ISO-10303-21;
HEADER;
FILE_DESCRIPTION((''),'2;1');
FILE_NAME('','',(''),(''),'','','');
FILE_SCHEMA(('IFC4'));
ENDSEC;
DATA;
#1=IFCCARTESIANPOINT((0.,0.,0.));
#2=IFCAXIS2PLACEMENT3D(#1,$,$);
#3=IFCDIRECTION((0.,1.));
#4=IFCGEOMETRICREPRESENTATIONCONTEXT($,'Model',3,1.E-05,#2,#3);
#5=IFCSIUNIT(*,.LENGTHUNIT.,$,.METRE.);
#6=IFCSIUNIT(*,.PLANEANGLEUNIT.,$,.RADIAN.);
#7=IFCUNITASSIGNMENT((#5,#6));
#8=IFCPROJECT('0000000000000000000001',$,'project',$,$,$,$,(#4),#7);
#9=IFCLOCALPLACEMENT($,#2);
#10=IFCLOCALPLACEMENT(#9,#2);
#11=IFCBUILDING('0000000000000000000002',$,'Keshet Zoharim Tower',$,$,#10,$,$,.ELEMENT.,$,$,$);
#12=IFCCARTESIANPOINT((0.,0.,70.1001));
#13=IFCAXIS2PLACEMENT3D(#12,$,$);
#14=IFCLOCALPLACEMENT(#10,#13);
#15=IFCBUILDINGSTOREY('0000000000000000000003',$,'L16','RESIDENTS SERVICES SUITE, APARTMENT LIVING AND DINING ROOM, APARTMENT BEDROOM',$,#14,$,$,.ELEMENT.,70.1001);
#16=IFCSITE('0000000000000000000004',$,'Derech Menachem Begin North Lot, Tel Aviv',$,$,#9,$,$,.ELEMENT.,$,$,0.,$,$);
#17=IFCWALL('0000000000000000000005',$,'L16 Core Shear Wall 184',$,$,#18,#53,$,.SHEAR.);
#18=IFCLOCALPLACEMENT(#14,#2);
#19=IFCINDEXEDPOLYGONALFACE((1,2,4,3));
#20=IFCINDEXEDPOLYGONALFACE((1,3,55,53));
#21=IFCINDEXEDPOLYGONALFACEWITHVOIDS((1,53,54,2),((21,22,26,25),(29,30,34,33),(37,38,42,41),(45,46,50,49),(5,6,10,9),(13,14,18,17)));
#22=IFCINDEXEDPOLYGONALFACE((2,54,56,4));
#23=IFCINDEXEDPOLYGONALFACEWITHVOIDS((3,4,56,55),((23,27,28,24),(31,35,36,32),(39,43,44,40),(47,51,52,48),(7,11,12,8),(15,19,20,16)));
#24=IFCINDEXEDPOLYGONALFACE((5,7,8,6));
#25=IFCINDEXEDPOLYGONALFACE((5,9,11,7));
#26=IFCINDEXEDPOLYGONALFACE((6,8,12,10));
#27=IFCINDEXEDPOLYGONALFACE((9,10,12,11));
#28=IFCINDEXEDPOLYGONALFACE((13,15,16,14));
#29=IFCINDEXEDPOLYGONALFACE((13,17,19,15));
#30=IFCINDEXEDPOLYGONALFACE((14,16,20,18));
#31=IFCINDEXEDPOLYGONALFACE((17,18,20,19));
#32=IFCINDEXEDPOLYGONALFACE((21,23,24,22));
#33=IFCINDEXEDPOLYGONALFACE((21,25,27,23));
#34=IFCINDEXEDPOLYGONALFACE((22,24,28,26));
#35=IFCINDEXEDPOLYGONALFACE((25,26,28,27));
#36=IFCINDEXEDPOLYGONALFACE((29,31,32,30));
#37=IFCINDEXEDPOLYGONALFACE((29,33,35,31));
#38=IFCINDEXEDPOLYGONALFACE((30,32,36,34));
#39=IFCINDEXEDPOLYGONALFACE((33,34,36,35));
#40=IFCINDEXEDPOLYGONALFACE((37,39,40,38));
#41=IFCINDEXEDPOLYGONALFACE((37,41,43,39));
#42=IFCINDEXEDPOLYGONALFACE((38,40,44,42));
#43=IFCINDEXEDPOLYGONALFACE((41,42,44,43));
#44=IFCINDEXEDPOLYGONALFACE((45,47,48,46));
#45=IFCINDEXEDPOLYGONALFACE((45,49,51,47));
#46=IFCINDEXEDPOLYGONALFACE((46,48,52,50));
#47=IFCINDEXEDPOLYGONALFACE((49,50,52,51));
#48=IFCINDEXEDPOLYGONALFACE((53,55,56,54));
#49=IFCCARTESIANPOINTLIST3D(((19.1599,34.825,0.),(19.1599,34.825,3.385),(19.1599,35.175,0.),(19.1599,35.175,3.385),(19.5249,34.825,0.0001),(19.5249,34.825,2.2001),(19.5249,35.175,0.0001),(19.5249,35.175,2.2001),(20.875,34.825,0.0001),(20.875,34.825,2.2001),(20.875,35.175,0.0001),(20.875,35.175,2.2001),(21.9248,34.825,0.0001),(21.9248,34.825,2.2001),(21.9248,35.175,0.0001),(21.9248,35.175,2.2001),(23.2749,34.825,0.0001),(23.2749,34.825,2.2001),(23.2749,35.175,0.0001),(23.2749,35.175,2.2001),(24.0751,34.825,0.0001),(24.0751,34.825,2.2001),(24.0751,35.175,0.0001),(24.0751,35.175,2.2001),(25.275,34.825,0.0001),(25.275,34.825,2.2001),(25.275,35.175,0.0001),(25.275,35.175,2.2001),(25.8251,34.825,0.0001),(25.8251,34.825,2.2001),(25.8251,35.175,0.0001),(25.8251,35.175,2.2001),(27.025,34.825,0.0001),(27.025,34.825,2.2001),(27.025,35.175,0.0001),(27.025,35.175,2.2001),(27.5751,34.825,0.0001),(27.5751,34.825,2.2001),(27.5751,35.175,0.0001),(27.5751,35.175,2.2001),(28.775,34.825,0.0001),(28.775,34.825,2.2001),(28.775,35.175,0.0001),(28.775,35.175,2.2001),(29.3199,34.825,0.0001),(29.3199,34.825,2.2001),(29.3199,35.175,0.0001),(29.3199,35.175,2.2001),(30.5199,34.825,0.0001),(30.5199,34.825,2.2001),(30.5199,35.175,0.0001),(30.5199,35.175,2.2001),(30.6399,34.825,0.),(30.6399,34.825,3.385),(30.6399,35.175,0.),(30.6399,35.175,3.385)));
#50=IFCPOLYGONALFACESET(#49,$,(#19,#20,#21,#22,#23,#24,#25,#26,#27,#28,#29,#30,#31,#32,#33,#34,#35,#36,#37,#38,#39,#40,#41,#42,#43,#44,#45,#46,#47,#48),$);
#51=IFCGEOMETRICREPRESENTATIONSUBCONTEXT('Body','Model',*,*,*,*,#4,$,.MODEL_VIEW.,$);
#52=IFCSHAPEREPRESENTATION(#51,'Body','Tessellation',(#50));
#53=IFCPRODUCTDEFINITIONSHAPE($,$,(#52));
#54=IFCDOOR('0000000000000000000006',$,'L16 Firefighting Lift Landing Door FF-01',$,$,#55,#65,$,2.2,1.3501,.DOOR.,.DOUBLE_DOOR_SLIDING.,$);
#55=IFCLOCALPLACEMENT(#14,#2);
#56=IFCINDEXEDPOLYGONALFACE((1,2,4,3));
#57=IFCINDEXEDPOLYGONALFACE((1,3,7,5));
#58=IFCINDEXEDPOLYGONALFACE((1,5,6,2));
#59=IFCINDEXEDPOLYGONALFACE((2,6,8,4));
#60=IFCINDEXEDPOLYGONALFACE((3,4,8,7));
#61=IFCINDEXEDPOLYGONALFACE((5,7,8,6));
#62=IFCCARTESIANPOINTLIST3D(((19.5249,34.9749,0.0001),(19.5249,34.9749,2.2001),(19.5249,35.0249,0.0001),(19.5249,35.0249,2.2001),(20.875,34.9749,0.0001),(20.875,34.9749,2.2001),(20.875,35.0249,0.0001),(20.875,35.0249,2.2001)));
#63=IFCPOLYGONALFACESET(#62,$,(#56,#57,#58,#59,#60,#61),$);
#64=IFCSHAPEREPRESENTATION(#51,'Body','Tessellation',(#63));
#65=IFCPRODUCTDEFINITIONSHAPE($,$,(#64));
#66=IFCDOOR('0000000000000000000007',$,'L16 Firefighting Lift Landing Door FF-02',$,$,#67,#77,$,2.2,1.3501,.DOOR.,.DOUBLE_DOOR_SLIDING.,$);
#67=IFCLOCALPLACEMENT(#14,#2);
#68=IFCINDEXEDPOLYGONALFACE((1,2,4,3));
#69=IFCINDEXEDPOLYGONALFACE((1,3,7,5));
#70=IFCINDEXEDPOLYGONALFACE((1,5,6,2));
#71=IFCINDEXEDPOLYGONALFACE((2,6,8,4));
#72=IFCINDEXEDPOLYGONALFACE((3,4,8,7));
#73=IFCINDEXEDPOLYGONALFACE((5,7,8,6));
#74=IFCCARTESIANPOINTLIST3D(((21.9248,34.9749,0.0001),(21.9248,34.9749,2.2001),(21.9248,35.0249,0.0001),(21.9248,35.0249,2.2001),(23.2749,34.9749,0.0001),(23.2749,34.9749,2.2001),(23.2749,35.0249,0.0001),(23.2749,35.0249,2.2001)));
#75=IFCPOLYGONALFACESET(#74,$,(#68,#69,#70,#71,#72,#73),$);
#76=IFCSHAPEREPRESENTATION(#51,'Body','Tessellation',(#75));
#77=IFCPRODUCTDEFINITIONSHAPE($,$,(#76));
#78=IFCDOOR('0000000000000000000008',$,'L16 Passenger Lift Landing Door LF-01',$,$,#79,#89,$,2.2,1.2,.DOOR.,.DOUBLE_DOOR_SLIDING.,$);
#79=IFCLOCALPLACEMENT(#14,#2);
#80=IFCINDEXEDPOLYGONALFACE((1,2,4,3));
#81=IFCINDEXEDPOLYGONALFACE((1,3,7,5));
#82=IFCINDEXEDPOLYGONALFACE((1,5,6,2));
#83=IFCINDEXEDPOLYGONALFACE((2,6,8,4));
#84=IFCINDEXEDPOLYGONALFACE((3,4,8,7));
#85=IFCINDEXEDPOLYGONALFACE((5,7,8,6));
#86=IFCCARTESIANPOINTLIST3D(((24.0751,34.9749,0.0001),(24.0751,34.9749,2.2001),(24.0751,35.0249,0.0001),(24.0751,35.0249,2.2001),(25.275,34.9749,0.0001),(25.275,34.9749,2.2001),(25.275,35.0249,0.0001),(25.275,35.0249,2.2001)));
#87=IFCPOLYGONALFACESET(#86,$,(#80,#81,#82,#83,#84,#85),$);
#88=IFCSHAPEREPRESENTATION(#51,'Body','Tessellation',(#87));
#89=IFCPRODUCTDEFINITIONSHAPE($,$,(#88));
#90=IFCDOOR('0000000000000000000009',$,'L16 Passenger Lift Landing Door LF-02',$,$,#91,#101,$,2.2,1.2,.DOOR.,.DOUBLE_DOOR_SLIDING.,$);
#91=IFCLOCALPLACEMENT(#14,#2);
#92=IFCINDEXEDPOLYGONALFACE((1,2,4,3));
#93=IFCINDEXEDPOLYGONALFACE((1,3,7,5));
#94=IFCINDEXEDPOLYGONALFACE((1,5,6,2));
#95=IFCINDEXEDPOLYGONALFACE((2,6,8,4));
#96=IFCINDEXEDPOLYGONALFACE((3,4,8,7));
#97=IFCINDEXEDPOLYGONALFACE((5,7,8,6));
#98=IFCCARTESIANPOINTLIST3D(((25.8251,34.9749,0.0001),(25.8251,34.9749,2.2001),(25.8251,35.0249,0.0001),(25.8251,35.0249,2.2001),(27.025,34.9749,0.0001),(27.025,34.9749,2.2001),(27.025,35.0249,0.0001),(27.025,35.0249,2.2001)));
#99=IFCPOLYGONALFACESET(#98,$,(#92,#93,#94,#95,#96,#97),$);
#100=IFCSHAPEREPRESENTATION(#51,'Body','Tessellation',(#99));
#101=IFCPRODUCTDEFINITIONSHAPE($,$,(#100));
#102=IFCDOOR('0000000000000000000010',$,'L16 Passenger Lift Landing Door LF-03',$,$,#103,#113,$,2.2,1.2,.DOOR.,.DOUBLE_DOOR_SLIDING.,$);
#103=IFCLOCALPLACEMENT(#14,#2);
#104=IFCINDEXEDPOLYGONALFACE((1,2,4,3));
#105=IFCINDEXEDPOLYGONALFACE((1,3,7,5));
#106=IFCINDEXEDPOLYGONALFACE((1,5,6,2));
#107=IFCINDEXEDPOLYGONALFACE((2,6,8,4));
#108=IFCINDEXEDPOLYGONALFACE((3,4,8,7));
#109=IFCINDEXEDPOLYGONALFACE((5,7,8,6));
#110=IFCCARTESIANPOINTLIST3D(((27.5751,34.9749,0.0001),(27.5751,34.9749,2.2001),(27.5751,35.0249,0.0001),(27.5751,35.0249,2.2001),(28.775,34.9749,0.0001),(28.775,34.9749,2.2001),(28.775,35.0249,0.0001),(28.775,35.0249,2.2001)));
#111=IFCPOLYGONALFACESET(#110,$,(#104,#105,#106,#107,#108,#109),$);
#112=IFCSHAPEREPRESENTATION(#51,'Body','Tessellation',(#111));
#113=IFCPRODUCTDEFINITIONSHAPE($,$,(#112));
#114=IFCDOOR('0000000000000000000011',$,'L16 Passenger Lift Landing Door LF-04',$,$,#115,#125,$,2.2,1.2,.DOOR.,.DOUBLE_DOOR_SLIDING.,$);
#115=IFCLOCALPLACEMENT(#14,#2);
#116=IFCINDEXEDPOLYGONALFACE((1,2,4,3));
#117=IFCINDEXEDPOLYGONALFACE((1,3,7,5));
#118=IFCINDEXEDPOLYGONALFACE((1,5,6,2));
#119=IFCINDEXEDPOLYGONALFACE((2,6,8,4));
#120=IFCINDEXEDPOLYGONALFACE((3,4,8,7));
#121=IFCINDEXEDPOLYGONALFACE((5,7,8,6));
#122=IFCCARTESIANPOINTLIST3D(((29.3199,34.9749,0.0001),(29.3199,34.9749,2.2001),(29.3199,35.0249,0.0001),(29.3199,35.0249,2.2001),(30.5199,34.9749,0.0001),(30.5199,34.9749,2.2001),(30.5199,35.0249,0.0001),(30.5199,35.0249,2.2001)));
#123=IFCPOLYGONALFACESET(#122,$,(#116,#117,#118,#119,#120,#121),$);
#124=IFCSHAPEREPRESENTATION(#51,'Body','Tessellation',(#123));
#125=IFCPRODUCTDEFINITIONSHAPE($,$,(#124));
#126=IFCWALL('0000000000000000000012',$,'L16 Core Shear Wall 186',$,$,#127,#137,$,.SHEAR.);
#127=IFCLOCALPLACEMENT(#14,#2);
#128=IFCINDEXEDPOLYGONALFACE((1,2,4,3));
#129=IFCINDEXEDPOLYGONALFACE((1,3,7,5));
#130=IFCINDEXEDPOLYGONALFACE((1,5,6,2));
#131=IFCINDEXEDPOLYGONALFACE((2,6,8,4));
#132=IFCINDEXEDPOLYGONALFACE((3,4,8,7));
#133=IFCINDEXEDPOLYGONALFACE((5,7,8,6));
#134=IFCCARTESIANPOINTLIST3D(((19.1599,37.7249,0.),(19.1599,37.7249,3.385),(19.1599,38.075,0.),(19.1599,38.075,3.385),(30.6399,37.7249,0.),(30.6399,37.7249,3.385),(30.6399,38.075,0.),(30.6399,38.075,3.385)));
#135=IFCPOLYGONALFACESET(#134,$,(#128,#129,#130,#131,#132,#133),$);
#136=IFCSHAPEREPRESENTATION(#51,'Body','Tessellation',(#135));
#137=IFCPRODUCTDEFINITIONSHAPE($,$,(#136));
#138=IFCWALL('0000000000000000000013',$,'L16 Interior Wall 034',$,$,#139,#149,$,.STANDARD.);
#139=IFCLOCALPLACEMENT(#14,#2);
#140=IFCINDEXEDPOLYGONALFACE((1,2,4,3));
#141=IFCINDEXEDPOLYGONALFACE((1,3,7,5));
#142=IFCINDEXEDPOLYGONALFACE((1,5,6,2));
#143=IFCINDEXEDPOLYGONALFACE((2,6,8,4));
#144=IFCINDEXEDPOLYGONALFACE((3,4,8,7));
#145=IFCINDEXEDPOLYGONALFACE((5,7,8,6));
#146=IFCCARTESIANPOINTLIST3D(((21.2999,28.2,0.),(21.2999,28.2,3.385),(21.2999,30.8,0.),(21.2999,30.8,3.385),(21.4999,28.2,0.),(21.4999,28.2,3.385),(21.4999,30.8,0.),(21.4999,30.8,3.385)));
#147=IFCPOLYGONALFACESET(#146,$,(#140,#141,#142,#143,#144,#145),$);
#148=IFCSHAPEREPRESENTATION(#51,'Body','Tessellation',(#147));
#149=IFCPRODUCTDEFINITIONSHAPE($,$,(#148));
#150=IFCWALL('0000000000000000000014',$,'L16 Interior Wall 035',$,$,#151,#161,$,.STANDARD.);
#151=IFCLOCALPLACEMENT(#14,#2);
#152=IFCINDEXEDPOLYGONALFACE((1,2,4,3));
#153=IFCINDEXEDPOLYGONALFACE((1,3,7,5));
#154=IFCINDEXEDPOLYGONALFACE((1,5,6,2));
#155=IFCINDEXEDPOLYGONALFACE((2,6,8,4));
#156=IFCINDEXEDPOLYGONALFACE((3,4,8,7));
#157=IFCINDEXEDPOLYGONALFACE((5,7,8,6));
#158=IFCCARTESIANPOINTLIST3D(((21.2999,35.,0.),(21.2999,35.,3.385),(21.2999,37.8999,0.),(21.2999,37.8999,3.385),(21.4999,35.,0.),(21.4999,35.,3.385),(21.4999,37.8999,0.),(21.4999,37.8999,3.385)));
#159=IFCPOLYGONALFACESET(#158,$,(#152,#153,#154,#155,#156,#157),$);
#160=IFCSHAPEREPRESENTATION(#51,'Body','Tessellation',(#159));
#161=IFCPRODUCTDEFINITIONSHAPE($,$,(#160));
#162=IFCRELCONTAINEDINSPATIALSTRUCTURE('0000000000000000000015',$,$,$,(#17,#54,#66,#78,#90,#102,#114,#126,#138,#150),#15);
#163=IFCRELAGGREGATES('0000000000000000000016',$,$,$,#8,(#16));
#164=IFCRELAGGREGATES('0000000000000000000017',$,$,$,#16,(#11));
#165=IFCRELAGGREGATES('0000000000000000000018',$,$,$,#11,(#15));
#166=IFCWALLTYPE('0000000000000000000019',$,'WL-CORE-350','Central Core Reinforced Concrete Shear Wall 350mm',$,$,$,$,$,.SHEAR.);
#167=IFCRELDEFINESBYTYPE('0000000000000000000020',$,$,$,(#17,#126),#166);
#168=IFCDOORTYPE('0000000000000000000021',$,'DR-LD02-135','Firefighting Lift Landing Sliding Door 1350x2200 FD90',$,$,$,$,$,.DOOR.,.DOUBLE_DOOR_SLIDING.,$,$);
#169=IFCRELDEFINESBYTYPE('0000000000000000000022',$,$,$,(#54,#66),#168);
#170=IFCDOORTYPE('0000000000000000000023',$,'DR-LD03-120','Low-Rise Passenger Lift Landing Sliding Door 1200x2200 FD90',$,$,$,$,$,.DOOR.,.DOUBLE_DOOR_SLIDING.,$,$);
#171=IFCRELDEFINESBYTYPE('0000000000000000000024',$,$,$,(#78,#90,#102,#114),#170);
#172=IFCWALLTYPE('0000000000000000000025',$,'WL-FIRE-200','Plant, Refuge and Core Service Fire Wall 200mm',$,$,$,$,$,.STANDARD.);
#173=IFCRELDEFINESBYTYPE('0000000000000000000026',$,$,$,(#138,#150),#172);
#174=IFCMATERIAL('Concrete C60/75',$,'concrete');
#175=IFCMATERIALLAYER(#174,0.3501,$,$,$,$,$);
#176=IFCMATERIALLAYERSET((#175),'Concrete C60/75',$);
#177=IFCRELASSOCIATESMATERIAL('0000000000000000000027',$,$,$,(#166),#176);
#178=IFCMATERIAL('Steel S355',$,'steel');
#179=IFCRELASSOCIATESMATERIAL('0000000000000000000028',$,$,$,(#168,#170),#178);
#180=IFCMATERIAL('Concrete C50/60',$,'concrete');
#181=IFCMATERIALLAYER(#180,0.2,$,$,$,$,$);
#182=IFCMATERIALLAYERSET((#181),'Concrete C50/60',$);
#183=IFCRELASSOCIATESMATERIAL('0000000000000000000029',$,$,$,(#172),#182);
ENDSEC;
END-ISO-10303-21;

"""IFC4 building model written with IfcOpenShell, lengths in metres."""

from ifc_helpers import new_model, si_unit, direction, frame, frame_2d, origin, place, context, subcontext, project, spatial, rectangle, extrude, material, layer, layer_set, type_object, element, fill, save


model = new_model("IFC4")

# Units and contexts
model_context = context("Model", 3, precision=1e-05, world=origin(), true_north=direction((0.0, 1.0)))
body_context = subcontext(model_context, "Body", "Model", "MODEL_VIEW")
ifc_project = project(units=[si_unit("LENGTHUNIT", "METRE"), si_unit("PLANEANGLEUNIT", "RADIAN")], contexts=[model_context])

# Site, building, storey
site_placement = place(None, origin())
site = spatial("IfcSite", under=ifc_project, at=site_placement, Name="Derech Menachem Begin North Lot, Tel Aviv", CompositionType="ELEMENT", RefElevation=0.0)
building_placement = place(site_placement, origin())
building = spatial("IfcBuilding", under=site, at=building_placement, Name="Keshet Zoharim Tower", CompositionType="ELEMENT")
storey_placement = place(building_placement, frame((0.0, 0.0, 70.1001)))
storey = spatial("IfcBuildingStorey", under=building, at=storey_placement, Name="L16", Description="RESIDENTS SERVICES SUITE, APARTMENT LIVING AND DINING ROOM, APARTMENT BEDROOM", CompositionType="ELEMENT", Elevation=70.1001)

# Shared definitions
ifc_material_1 = material(Name="Steel S355", Category="steel")

# Shared definitions
ifc_material_2 = material(Name="Concrete C60/75", Category="concrete")
ifc_layer_1 = layer(ifc_material_2, 0.3501)
ifc_layer_set_1 = layer_set([ifc_layer_1], Name="Concrete C60/75")
wall_type_1 = type_object("IfcWallType", Name="WL-CORE-350", Description="Central Core Reinforced Concrete Shear Wall 350mm", PredefinedType="SHEAR", material=ifc_layer_set_1)

# Wall, openings, doors
wall_1_placement = place(storey_placement, frame((19.1599, 35.0, 0.0), z_axis=(0.0, 0.0, 1.0), x_axis=(1.0, 0.0, 0.0)))
wall_1 = element("IfcWall", 1, at=wall_1_placement, inside=storey, type_object=wall_type_1, Name="L16 Core Shear Wall 184", PredefinedType="SHEAR", context=body_context, shape_type="SweptSolid", body=[
    extrude(rectangle(XDim=11.48, YDim=0.3501, at=frame_2d((5.74, 0.0))), origin(), (0.0, 0.0, 1.0), 3.385),
])
opening_1_placement = place(wall_1_placement, frame((0.365, 0.0, 0.0)))
opening_1 = element("IfcOpeningElement", 2, at=opening_1_placement, cuts=wall_1, PredefinedType="OPENING", context=body_context, shape_type="SweptSolid", body=[
    extrude(rectangle(XDim=1.3501, YDim=2.2, at=frame_2d((0.675, 1.1001))), frame((0.0, 0.1851, 0.0), z_axis=(0.0, -1.0, 0.0), x_axis=(1.0, 0.0, 0.0)), (0.0, 0.0, 1.0), 0.3701),
])
opening_2_placement = place(wall_1_placement, frame((2.7649, 0.0, 0.0)))
opening_2 = element("IfcOpeningElement", 3, at=opening_2_placement, cuts=wall_1, PredefinedType="OPENING", context=body_context, shape_type="SweptSolid", body=[
    extrude(rectangle(XDim=1.3501, YDim=2.2, at=frame_2d((0.675, 1.1001))), frame((0.0, 0.1851, 0.0), z_axis=(0.0, -1.0, 0.0), x_axis=(1.0, 0.0, 0.0)), (0.0, 0.0, 1.0), 0.3701),
])
opening_3_placement = place(wall_1_placement, frame((4.915, 0.0, 0.0)))
opening_3 = element("IfcOpeningElement", 4, at=opening_3_placement, cuts=wall_1, PredefinedType="OPENING", context=body_context, shape_type="SweptSolid", body=[
    extrude(rectangle(XDim=1.2, YDim=2.2, at=frame_2d((0.6001, 1.1001))), frame((0.0, 0.1851, 0.0), z_axis=(0.0, -1.0, 0.0), x_axis=(1.0, 0.0, 0.0)), (0.0, 0.0, 1.0), 0.3701),
])
opening_4_placement = place(wall_1_placement, frame((6.665, 0.0, 0.0)))
opening_4 = element("IfcOpeningElement", 5, at=opening_4_placement, cuts=wall_1, PredefinedType="OPENING", context=body_context, shape_type="SweptSolid", body=[
    extrude(rectangle(XDim=1.2, YDim=2.2, at=frame_2d((0.6001, 1.1001))), frame((0.0, 0.1851, 0.0), z_axis=(0.0, -1.0, 0.0), x_axis=(1.0, 0.0, 0.0)), (0.0, 0.0, 1.0), 0.3701),
])
opening_5_placement = place(wall_1_placement, frame((8.415, 0.0, 0.0)))
opening_5 = element("IfcOpeningElement", 6, at=opening_5_placement, cuts=wall_1, PredefinedType="OPENING", context=body_context, shape_type="SweptSolid", body=[
    extrude(rectangle(XDim=1.2, YDim=2.2, at=frame_2d((0.6001, 1.1001))), frame((0.0, 0.1851, 0.0), z_axis=(0.0, -1.0, 0.0), x_axis=(1.0, 0.0, 0.0)), (0.0, 0.0, 1.0), 0.3701),
])
opening_6_placement = place(wall_1_placement, frame((10.1599, 0.0, 0.0)))
opening_6 = element("IfcOpeningElement", 7, at=opening_6_placement, cuts=wall_1, PredefinedType="OPENING", context=body_context, shape_type="SweptSolid", body=[
    extrude(rectangle(XDim=1.2, YDim=2.2, at=frame_2d((0.6001, 1.1001))), frame((0.0, 0.1851, 0.0), z_axis=(0.0, -1.0, 0.0), x_axis=(1.0, 0.0, 0.0)), (0.0, 0.0, 1.0), 0.3701),
])
door_type_1 = type_object("IfcDoorType", Name="DR-LD02-135", Description="Firefighting Lift Landing Sliding Door 1350x2200 FD90", OperationType="DOUBLE_DOOR_SLIDING", PredefinedType="DOOR", material=ifc_material_1)
door_1_placement = place(opening_1_placement, origin())
door_1 = element("IfcDoor", 8, at=door_1_placement, inside=storey, type_object=door_type_1, Name="L16 Firefighting Lift Landing Door FF-01", OperationType="DOUBLE_DOOR_SLIDING", OverallHeight=2.2, OverallWidth=1.3501, PredefinedType="DOOR", context=body_context, shape_type="SweptSolid", body=[
    extrude(rectangle(XDim=1.3501, YDim=2.2, at=frame_2d((0.675, 1.1001))), frame((0.0, 0.0249, 0.0), z_axis=(0.0, -1.0, 0.0), x_axis=(1.0, 0.0, 0.0)), (0.0, 0.0, 1.0), 0.05),
])
fill(opening_1, door_1)
door_2_placement = place(opening_2_placement, origin())
door_2 = element("IfcDoor", 9, at=door_2_placement, inside=storey, type_object=door_type_1, Name="L16 Firefighting Lift Landing Door FF-02", OperationType="DOUBLE_DOOR_SLIDING", OverallHeight=2.2, OverallWidth=1.3501, PredefinedType="DOOR", context=body_context, shape_type="SweptSolid", body=[
    extrude(rectangle(XDim=1.3501, YDim=2.2, at=frame_2d((0.675, 1.1001))), frame((0.0, 0.0249, 0.0), z_axis=(0.0, -1.0, 0.0), x_axis=(1.0, 0.0, 0.0)), (0.0, 0.0, 1.0), 0.05),
])
fill(opening_2, door_2)
door_type_2 = type_object("IfcDoorType", Name="DR-LD03-120", Description="Low-Rise Passenger Lift Landing Sliding Door 1200x2200 FD90", OperationType="DOUBLE_DOOR_SLIDING", PredefinedType="DOOR", material=ifc_material_1)
door_3_placement = place(opening_3_placement, origin())
door_3 = element("IfcDoor", 10, at=door_3_placement, inside=storey, type_object=door_type_2, Name="L16 Passenger Lift Landing Door LF-01", OperationType="DOUBLE_DOOR_SLIDING", OverallHeight=2.2, OverallWidth=1.2, PredefinedType="DOOR", context=body_context, shape_type="SweptSolid", body=[
    extrude(rectangle(XDim=1.2, YDim=2.2, at=frame_2d((0.6001, 1.1001))), frame((0.0, 0.0249, 0.0), z_axis=(0.0, -1.0, 0.0), x_axis=(1.0, 0.0, 0.0)), (0.0, 0.0, 1.0), 0.05),
])
fill(opening_3, door_3)
door_4_placement = place(opening_4_placement, origin())
door_4 = element("IfcDoor", 11, at=door_4_placement, inside=storey, type_object=door_type_2, Name="L16 Passenger Lift Landing Door LF-02", OperationType="DOUBLE_DOOR_SLIDING", OverallHeight=2.2, OverallWidth=1.2, PredefinedType="DOOR", context=body_context, shape_type="SweptSolid", body=[
    extrude(rectangle(XDim=1.2, YDim=2.2, at=frame_2d((0.6001, 1.1001))), frame((0.0, 0.0249, 0.0), z_axis=(0.0, -1.0, 0.0), x_axis=(1.0, 0.0, 0.0)), (0.0, 0.0, 1.0), 0.05),
])
fill(opening_4, door_4)
door_5_placement = place(opening_5_placement, origin())
door_5 = element("IfcDoor", 12, at=door_5_placement, inside=storey, type_object=door_type_2, Name="L16 Passenger Lift Landing Door LF-03", OperationType="DOUBLE_DOOR_SLIDING", OverallHeight=2.2, OverallWidth=1.2, PredefinedType="DOOR", context=body_context, shape_type="SweptSolid", body=[
    extrude(rectangle(XDim=1.2, YDim=2.2, at=frame_2d((0.6001, 1.1001))), frame((0.0, 0.0249, 0.0), z_axis=(0.0, -1.0, 0.0), x_axis=(1.0, 0.0, 0.0)), (0.0, 0.0, 1.0), 0.05),
])
fill(opening_5, door_5)
door_6_placement = place(opening_6_placement, origin())
door_6 = element("IfcDoor", 13, at=door_6_placement, inside=storey, type_object=door_type_2, Name="L16 Passenger Lift Landing Door LF-04", OperationType="DOUBLE_DOOR_SLIDING", OverallHeight=2.2, OverallWidth=1.2, PredefinedType="DOOR", context=body_context, shape_type="SweptSolid", body=[
    extrude(rectangle(XDim=1.2, YDim=2.2, at=frame_2d((0.6001, 1.1001))), frame((0.0, 0.0249, 0.0), z_axis=(0.0, -1.0, 0.0), x_axis=(1.0, 0.0, 0.0)), (0.0, 0.0, 1.0), 0.05),
])
fill(opening_6, door_6)

# Walls
wall_2_placement = place(storey_placement, frame((19.1599, 37.8999, 0.0), z_axis=(0.0, 0.0, 1.0), x_axis=(1.0, 0.0, 0.0)))
element("IfcWall", 14, at=wall_2_placement, inside=storey, type_object=wall_type_1, Name="L16 Core Shear Wall 186", PredefinedType="SHEAR", context=body_context, shape_type="SweptSolid", body=[
    extrude(rectangle(XDim=11.48, YDim=0.3501, at=frame_2d((5.74, 0.0))), origin(), (0.0, 0.0, 1.0), 3.385),
])
ifc_material_3 = material(Name="Concrete C50/60", Category="concrete")
ifc_layer_2 = layer(ifc_material_3, 0.2)
ifc_layer_set_2 = layer_set([ifc_layer_2], Name="Concrete C50/60")
wall_type_2 = type_object("IfcWallType", Name="WL-FIRE-200", Description="Plant, Refuge and Core Service Fire Wall 200mm", PredefinedType="STANDARD", material=ifc_layer_set_2)
wall_3_placement = place(storey_placement, frame((21.3999, 28.2, 0.0), z_axis=(0.0, 0.0, 1.0), x_axis=(0.0, 1.0, 0.0)))
element("IfcWall", 15, at=wall_3_placement, inside=storey, type_object=wall_type_2, Name="L16 Interior Wall 034", PredefinedType="STANDARD", context=body_context, shape_type="SweptSolid", body=[
    extrude(rectangle(XDim=2.6001, YDim=0.2, at=frame_2d((1.3, 0.0))), origin(), (0.0, 0.0, 1.0), 3.385),
])
for number, where, z_axis, x_axis, name in (
    (16, (21.3999, 35.0, 0.0), (0.0, 0.0, 1.0), (0.0, 1.0, 0.0), "L16 Interior Wall 035"),
):
    element("IfcWall", number, at=place(storey_placement, frame(where, z_axis=z_axis, x_axis=x_axis)), inside=storey, type_object=wall_type_2, Name=name, PredefinedType="STANDARD", context=body_context, shape_type="SweptSolid", body=[
        extrude(rectangle(XDim=2.8999, YDim=0.2, at=frame_2d((1.45, 0.0))), origin(), (0.0, 0.0, 1.0), 3.385),
    ])

save(model, "model.ifc")
